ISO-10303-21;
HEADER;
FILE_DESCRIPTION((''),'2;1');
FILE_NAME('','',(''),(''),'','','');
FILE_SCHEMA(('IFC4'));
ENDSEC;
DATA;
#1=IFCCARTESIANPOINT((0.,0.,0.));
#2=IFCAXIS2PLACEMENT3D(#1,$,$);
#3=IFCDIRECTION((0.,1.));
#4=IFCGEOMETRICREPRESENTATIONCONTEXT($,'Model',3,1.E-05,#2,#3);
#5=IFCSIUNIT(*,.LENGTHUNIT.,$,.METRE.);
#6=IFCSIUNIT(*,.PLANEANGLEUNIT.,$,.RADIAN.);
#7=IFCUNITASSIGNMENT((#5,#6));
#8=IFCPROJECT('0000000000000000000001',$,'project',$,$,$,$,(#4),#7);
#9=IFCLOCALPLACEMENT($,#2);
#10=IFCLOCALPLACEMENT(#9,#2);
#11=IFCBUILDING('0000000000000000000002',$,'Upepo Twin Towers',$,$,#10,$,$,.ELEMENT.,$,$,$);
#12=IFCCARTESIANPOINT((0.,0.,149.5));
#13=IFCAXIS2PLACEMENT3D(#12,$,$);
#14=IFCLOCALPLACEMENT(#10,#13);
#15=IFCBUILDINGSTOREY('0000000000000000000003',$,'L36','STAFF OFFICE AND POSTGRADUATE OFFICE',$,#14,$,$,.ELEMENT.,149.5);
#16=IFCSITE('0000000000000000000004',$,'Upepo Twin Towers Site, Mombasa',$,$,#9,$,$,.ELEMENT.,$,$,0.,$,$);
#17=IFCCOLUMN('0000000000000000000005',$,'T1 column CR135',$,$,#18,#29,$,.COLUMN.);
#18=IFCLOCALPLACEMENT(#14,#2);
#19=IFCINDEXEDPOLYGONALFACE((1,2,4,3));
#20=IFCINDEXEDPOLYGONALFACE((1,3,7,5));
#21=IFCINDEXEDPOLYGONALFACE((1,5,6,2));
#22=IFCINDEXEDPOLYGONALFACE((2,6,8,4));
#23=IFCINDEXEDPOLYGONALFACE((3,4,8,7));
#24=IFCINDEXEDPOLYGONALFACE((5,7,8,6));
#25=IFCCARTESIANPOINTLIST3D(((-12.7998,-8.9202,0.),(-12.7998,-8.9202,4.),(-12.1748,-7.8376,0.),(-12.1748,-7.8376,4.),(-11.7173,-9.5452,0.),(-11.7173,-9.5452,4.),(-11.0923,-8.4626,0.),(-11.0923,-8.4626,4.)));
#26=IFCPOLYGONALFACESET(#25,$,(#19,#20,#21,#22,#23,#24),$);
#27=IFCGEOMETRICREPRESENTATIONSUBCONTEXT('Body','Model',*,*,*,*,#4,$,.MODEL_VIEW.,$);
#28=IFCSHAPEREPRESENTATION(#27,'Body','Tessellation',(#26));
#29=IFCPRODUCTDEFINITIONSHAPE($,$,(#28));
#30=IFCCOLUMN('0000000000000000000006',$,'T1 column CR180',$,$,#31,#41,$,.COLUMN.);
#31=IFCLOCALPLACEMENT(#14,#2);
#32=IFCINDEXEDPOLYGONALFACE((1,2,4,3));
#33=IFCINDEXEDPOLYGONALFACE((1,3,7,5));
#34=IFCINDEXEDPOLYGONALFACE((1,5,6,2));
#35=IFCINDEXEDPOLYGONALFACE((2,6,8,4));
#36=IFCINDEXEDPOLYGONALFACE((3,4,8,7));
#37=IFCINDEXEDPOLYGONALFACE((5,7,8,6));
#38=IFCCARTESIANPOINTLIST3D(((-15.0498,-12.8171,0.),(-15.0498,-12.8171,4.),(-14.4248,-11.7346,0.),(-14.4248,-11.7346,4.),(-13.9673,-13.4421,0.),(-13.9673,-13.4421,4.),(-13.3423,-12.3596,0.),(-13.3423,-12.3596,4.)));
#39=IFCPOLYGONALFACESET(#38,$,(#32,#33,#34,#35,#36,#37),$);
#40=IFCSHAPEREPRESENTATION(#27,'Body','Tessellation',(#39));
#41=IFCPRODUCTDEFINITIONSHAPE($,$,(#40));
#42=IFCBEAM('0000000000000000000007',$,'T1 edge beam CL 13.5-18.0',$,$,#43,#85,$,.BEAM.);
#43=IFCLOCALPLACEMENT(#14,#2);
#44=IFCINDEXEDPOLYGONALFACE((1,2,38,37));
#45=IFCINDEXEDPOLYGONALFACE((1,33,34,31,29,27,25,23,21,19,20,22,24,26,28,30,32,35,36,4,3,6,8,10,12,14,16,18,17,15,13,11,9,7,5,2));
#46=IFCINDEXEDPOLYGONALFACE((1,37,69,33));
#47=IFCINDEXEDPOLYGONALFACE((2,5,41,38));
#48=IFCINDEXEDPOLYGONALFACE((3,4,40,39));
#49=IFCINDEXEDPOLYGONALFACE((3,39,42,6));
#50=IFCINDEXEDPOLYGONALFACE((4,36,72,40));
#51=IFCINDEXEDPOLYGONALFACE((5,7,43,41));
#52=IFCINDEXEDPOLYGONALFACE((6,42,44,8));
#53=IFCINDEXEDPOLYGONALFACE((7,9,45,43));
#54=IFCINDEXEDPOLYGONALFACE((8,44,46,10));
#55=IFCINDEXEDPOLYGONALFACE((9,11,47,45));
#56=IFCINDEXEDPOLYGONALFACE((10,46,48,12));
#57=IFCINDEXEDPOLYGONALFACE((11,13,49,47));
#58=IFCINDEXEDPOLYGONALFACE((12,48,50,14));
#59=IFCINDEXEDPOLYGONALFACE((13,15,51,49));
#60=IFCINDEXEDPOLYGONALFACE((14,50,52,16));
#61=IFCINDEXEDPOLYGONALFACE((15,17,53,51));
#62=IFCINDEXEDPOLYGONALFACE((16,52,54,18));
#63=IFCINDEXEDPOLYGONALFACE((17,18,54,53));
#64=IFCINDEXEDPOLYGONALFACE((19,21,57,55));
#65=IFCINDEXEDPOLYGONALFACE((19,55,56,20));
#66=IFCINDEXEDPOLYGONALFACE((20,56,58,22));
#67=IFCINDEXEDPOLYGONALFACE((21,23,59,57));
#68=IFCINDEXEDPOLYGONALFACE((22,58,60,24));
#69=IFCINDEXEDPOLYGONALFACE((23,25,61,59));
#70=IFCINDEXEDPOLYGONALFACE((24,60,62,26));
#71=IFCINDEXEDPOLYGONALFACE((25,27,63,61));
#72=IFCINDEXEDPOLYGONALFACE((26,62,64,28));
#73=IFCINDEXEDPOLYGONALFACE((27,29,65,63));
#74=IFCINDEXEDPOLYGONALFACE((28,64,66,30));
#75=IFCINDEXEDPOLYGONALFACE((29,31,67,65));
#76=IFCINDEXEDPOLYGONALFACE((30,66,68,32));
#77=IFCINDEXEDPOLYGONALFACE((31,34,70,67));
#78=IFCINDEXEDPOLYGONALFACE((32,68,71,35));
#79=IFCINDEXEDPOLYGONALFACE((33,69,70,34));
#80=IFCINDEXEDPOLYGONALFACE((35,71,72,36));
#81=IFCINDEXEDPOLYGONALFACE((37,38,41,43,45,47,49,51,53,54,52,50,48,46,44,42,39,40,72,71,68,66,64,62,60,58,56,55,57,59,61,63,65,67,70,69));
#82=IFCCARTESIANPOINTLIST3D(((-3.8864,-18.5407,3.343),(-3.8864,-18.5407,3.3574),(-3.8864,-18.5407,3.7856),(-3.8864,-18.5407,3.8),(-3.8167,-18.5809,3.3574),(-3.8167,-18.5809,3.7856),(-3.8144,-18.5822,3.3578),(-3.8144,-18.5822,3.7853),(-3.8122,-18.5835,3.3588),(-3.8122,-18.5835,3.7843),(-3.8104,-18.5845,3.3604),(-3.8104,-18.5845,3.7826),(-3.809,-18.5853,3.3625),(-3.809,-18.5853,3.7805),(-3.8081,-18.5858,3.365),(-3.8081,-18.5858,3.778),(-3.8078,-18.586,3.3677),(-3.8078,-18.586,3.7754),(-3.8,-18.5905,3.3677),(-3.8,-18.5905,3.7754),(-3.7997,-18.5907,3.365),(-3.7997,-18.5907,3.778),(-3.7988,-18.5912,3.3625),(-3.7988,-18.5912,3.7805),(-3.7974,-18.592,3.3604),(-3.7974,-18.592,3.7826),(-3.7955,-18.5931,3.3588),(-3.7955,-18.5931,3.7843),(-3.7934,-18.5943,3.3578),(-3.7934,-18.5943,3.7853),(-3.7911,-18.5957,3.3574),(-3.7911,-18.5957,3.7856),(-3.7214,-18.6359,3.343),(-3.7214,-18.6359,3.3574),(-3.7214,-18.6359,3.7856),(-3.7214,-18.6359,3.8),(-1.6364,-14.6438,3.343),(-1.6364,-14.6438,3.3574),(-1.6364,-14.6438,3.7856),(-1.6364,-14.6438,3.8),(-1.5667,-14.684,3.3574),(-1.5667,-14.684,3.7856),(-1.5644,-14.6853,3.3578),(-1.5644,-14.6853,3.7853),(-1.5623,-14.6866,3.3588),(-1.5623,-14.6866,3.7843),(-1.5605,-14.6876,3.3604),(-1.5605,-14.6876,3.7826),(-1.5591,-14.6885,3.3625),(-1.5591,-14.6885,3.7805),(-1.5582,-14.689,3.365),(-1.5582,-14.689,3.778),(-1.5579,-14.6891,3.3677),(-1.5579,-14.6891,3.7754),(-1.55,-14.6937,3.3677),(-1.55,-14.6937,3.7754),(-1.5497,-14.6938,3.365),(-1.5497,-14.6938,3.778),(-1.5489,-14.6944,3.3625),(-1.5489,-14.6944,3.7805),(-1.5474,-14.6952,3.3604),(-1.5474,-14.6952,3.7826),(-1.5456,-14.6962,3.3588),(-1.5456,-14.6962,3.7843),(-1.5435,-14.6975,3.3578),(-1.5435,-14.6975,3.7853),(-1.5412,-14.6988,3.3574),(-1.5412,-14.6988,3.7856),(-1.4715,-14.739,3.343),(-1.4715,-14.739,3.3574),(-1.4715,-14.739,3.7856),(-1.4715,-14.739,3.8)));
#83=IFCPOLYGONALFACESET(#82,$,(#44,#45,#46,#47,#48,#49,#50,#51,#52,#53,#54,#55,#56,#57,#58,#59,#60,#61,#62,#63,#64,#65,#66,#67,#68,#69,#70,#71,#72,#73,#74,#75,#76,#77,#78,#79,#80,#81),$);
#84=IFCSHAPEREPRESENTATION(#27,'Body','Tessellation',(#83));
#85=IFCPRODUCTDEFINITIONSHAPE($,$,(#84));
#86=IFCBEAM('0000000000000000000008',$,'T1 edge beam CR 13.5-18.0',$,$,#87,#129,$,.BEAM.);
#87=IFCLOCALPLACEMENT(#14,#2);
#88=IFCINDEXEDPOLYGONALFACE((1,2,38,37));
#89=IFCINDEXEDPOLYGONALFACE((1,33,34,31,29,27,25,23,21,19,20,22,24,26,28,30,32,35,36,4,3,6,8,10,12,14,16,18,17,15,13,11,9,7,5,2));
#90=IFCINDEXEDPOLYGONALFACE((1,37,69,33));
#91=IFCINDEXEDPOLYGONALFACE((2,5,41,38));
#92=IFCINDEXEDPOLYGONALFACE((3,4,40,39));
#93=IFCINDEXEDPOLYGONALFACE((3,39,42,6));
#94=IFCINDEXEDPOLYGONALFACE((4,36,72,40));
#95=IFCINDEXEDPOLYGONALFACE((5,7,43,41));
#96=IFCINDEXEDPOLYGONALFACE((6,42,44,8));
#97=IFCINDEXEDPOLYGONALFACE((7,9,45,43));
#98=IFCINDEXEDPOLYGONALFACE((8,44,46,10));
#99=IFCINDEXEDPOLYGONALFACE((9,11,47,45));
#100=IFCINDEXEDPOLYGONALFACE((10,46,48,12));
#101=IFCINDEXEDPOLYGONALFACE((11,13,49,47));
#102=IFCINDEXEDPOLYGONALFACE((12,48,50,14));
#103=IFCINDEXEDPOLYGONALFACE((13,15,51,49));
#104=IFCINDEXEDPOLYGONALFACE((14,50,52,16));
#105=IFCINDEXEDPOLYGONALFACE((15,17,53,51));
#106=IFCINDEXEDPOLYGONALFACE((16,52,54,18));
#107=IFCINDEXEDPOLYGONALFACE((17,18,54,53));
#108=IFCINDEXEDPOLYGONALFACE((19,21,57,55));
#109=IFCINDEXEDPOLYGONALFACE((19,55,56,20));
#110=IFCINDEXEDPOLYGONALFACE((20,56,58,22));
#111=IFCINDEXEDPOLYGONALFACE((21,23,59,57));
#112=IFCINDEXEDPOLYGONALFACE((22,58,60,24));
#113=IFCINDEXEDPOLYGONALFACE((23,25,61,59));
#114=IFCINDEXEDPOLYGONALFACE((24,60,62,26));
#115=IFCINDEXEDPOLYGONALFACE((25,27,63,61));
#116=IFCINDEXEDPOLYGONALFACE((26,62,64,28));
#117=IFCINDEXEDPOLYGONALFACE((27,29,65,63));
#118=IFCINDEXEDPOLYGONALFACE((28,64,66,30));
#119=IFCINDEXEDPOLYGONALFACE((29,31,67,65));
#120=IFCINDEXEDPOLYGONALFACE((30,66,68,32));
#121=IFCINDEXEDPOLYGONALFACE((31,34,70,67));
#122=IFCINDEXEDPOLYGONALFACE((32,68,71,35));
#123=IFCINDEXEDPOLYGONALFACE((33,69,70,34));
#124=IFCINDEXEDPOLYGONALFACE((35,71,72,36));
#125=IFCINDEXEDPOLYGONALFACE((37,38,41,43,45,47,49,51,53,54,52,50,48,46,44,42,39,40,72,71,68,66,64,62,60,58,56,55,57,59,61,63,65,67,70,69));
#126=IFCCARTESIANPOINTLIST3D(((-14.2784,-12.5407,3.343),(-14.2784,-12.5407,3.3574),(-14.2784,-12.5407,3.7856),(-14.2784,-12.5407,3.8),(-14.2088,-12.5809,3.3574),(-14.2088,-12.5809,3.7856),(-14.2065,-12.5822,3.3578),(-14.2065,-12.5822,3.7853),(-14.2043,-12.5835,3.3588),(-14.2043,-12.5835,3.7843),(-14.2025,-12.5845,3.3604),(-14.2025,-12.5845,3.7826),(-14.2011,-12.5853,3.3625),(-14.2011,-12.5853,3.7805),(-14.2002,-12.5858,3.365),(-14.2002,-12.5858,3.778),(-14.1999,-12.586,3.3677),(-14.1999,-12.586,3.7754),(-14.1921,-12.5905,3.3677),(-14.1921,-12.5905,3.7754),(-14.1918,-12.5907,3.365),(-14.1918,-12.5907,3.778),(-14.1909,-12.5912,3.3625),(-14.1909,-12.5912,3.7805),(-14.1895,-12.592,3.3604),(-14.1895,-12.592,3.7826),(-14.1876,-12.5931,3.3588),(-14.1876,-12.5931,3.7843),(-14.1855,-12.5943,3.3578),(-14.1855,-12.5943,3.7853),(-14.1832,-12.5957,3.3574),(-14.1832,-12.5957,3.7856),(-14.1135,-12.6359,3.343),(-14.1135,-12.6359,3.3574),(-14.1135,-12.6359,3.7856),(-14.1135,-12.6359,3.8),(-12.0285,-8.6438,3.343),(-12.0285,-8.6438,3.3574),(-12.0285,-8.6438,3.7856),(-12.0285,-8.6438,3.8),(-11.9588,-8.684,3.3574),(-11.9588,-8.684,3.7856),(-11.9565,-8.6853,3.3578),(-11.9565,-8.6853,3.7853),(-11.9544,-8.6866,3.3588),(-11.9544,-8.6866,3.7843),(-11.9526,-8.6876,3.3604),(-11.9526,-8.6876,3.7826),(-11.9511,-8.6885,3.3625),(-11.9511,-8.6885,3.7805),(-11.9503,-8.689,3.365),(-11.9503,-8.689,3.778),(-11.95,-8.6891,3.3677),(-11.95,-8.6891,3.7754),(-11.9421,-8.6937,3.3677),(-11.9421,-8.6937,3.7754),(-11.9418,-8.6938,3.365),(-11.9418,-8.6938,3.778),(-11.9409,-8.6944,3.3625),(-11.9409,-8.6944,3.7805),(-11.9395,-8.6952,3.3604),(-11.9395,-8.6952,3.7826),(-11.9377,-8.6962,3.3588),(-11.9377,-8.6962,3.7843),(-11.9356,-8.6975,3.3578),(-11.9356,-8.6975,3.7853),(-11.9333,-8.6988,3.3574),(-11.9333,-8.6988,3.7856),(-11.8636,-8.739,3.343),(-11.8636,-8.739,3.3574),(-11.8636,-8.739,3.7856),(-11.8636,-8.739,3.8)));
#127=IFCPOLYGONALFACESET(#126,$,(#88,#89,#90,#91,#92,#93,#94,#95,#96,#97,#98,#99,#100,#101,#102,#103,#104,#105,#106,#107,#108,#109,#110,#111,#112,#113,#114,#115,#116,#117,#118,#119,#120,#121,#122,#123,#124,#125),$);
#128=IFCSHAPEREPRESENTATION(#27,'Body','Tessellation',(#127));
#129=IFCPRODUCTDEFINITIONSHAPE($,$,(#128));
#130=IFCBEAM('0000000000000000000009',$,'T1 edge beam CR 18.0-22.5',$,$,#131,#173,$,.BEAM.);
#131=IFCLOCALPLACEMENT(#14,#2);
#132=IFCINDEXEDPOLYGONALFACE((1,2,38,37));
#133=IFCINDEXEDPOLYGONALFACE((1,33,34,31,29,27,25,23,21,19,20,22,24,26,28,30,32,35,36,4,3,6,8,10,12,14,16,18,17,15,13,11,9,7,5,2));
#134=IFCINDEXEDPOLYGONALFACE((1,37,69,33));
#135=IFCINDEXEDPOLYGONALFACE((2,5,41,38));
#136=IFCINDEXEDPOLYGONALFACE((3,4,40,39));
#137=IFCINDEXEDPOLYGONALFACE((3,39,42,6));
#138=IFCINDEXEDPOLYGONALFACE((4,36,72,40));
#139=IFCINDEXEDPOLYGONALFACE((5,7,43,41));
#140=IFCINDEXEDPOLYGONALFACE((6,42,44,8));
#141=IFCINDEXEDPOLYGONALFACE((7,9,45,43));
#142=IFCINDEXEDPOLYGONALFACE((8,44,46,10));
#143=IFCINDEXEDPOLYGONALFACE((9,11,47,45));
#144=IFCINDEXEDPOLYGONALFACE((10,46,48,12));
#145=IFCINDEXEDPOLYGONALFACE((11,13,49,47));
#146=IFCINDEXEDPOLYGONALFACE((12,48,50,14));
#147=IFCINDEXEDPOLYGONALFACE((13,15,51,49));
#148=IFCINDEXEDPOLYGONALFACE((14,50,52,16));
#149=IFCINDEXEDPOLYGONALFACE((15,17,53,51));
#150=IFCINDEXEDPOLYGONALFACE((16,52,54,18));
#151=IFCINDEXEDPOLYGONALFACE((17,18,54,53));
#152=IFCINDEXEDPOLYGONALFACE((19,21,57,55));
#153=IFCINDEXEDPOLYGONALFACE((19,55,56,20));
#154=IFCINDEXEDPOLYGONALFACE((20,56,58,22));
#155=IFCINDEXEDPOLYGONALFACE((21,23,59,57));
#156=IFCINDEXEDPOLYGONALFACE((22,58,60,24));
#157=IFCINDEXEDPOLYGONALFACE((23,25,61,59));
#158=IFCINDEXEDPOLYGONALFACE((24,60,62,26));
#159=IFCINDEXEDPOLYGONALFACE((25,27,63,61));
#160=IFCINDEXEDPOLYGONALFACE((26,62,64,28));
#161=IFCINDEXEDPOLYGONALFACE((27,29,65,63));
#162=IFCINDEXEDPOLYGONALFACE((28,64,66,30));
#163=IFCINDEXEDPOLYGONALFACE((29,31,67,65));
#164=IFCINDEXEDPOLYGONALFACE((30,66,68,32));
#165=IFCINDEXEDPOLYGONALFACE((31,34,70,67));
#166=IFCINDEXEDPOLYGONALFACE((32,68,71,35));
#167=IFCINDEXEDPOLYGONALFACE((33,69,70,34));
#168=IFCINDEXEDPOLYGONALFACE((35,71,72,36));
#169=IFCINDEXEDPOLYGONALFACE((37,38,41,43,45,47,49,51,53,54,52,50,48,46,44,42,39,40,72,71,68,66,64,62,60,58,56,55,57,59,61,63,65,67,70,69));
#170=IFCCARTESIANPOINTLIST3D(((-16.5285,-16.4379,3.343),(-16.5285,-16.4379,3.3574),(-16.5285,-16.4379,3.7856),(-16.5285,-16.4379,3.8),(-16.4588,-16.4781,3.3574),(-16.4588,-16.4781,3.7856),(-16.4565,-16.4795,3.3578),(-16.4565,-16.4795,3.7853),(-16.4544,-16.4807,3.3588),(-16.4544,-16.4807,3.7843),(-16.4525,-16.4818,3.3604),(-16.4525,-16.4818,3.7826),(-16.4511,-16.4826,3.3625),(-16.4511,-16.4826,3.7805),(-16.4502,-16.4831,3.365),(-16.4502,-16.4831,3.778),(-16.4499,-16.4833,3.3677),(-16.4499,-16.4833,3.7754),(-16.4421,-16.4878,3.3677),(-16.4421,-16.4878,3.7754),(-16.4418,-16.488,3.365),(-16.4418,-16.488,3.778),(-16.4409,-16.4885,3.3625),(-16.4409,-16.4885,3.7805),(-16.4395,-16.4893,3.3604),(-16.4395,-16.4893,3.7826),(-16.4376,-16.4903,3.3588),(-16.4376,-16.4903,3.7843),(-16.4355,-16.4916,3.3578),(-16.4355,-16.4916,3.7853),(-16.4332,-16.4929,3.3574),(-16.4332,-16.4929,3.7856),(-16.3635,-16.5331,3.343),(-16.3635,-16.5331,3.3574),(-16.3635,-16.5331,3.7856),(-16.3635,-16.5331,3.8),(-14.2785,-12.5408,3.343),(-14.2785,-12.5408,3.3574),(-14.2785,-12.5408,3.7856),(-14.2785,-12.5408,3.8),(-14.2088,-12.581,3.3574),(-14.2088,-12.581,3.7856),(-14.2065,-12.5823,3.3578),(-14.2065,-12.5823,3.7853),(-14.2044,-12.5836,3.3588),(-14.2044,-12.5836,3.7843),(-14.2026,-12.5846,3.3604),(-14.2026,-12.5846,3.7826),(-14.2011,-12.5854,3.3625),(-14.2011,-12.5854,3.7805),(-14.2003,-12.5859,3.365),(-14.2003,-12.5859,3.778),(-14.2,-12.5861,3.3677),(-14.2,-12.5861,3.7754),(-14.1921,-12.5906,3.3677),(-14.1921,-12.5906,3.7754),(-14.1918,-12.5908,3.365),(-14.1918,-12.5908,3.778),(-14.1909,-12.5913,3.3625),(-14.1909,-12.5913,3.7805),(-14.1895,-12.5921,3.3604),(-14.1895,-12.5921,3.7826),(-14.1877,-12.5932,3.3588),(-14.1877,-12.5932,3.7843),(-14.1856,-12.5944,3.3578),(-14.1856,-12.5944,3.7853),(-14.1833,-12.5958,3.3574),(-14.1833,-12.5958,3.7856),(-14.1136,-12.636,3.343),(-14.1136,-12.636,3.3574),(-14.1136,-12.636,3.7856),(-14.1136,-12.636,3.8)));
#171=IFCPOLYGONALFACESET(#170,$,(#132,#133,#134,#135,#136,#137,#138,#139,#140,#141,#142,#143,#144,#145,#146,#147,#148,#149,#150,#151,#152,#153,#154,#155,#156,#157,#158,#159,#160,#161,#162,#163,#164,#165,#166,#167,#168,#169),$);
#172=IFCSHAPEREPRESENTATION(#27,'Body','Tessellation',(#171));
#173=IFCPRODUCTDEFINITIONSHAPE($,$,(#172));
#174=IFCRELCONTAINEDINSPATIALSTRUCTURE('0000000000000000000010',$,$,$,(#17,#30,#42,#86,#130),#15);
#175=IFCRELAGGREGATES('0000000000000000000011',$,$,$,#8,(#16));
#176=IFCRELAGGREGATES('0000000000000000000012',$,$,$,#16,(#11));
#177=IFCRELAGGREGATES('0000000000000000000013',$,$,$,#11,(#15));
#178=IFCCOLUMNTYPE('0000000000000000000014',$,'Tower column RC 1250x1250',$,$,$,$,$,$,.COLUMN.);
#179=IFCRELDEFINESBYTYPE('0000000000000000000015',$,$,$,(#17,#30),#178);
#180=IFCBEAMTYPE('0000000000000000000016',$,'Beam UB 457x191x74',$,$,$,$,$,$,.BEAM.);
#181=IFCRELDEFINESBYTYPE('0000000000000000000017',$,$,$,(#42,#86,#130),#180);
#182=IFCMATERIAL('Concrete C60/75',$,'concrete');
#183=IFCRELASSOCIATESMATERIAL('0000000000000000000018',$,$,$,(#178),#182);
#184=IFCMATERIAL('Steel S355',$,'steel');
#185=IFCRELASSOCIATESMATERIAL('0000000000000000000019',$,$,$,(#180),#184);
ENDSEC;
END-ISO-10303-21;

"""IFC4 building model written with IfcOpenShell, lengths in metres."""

from ifc_helpers import new_model, si_unit, direction, frame, origin, origin_2d, place, context, subcontext, project, spatial, rectangle, i_section, extrude, material, material_profile, profile_set, type_object, element, save


model = new_model("IFC4")

# Units and contexts
model_context = context("Model", 3, precision=1e-05, world=origin(), true_north=direction((0.0, 1.0)))
body_context = subcontext(model_context, "Body", "Model", "MODEL_VIEW")
ifc_project = project(units=[si_unit("LENGTHUNIT", "METRE"), si_unit("PLANEANGLEUNIT", "RADIAN")], contexts=[model_context])

# Site, building, storey
site_placement = place(None, origin())
site = spatial("IfcSite", under=ifc_project, at=site_placement, Name="Upepo Twin Towers Site, Mombasa", CompositionType="ELEMENT", RefElevation=0.0)
building_placement = place(site_placement, origin())
building = spatial("IfcBuilding", under=site, at=building_placement, Name="Upepo Twin Towers", CompositionType="ELEMENT")
storey_placement = place(building_placement, frame((0.0, 0.0, 149.5)))
storey = spatial("IfcBuildingStorey", under=building, at=storey_placement, Name="L36", Description="STAFF OFFICE AND POSTGRADUATE OFFICE", CompositionType="ELEMENT", Elevation=149.5)

# Columns
ifc_material_1 = material(Name="Concrete C60/75", Category="concrete")
ifc_material_profile_1 = material_profile(ifc_material_1, rectangle(XDim=1.25, YDim=1.25, at=origin_2d()), Name="RC 1250x1250")
ifc_profile_set_1 = profile_set([ifc_material_profile_1], Name="Concrete C60/75")
column_type = type_object("IfcColumnType", Name="Tower column RC 1250x1250", PredefinedType="COLUMN", material=ifc_profile_set_1)
for number, where, z_axis, x_axis, name in (
    (1, (-11.946, -8.6914, 0.0), (0.0, 0.0, 1.0), (0.5, 0.866025, 0.0), "T1 column CR135"),
    (2, (-14.196, -12.5884, 0.0), (0.0, 0.0, 1.0), (0.5, 0.866025, 0.0), "T1 column CR180"),
):
    element("IfcColumn", number, at=place(storey_placement, frame(where, z_axis=z_axis, x_axis=x_axis)), inside=storey, type_object=column_type, Name=name, PredefinedType="COLUMN", context=body_context, shape_type="SweptSolid", body=[
        extrude(rectangle(XDim=1.25, YDim=1.25, at=origin_2d()), origin(), (0.0, 0.0, 1.0), 4.0),
    ])

# Beams
ifc_material_2 = material(Name="Steel S355", Category="steel")
ifc_material_profile_2 = material_profile(ifc_material_2, i_section(OverallWidth=0.1904, OverallDepth=0.457, WebThickness=0.009, FlangeThickness=0.0144, FilletRadius=0.0103, at=origin_2d()), Name="UB 457x191x74")
ifc_profile_set_2 = profile_set([ifc_material_profile_2], Name="Steel S355")
beam_type_1 = type_object("IfcBeamType", Name="Beam UB 457x191x74", PredefinedType="BEAM", material=ifc_profile_set_2)
for number, where, z_axis, x_axis, name in (
    (3, (-1.554, -14.6914, 3.5715), (-0.500014, -0.866018, 0.0), (0.866018, -0.500014, 0.0), "T1 edge beam CL 13.5-18.0"),
    (4, (-11.946, -8.6914, 3.5715), (-0.500014, -0.866018, 0.0), (0.866018, -0.500014, 0.0), "T1 edge beam CR 13.5-18.0"),
):
    element("IfcBeam", number, at=place(storey_placement, frame(where, z_axis=z_axis, x_axis=x_axis)), inside=storey, type_object=beam_type_1, Name=name, PredefinedType="BEAM", context=body_context, shape_type="SweptSolid", body=[
        extrude(i_section(OverallWidth=0.1904, OverallDepth=0.457, WebThickness=0.009, FlangeThickness=0.0144, FilletRadius=0.0103, at=origin_2d()), origin(), (0.0, 0.0, 1.0), 4.4998),
    ])
beam_placement = place(storey_placement, frame((-14.196, -12.5884, 3.5715), z_axis=(-0.49999, -0.866031, 0.0), x_axis=(0.866031, -0.49999, 0.0)))
element("IfcBeam", 5, at=beam_placement, inside=storey, type_object=beam_type_1, Name="T1 edge beam CR 18.0-22.5", PredefinedType="BEAM", context=body_context, shape_type="SweptSolid", body=[
    extrude(i_section(OverallWidth=0.1904, OverallDepth=0.457, WebThickness=0.009, FlangeThickness=0.0144, FilletRadius=0.0103, at=origin_2d()), origin(), (0.0, 0.0, 1.0), 4.5),
])

save(model, "model.ifc")
